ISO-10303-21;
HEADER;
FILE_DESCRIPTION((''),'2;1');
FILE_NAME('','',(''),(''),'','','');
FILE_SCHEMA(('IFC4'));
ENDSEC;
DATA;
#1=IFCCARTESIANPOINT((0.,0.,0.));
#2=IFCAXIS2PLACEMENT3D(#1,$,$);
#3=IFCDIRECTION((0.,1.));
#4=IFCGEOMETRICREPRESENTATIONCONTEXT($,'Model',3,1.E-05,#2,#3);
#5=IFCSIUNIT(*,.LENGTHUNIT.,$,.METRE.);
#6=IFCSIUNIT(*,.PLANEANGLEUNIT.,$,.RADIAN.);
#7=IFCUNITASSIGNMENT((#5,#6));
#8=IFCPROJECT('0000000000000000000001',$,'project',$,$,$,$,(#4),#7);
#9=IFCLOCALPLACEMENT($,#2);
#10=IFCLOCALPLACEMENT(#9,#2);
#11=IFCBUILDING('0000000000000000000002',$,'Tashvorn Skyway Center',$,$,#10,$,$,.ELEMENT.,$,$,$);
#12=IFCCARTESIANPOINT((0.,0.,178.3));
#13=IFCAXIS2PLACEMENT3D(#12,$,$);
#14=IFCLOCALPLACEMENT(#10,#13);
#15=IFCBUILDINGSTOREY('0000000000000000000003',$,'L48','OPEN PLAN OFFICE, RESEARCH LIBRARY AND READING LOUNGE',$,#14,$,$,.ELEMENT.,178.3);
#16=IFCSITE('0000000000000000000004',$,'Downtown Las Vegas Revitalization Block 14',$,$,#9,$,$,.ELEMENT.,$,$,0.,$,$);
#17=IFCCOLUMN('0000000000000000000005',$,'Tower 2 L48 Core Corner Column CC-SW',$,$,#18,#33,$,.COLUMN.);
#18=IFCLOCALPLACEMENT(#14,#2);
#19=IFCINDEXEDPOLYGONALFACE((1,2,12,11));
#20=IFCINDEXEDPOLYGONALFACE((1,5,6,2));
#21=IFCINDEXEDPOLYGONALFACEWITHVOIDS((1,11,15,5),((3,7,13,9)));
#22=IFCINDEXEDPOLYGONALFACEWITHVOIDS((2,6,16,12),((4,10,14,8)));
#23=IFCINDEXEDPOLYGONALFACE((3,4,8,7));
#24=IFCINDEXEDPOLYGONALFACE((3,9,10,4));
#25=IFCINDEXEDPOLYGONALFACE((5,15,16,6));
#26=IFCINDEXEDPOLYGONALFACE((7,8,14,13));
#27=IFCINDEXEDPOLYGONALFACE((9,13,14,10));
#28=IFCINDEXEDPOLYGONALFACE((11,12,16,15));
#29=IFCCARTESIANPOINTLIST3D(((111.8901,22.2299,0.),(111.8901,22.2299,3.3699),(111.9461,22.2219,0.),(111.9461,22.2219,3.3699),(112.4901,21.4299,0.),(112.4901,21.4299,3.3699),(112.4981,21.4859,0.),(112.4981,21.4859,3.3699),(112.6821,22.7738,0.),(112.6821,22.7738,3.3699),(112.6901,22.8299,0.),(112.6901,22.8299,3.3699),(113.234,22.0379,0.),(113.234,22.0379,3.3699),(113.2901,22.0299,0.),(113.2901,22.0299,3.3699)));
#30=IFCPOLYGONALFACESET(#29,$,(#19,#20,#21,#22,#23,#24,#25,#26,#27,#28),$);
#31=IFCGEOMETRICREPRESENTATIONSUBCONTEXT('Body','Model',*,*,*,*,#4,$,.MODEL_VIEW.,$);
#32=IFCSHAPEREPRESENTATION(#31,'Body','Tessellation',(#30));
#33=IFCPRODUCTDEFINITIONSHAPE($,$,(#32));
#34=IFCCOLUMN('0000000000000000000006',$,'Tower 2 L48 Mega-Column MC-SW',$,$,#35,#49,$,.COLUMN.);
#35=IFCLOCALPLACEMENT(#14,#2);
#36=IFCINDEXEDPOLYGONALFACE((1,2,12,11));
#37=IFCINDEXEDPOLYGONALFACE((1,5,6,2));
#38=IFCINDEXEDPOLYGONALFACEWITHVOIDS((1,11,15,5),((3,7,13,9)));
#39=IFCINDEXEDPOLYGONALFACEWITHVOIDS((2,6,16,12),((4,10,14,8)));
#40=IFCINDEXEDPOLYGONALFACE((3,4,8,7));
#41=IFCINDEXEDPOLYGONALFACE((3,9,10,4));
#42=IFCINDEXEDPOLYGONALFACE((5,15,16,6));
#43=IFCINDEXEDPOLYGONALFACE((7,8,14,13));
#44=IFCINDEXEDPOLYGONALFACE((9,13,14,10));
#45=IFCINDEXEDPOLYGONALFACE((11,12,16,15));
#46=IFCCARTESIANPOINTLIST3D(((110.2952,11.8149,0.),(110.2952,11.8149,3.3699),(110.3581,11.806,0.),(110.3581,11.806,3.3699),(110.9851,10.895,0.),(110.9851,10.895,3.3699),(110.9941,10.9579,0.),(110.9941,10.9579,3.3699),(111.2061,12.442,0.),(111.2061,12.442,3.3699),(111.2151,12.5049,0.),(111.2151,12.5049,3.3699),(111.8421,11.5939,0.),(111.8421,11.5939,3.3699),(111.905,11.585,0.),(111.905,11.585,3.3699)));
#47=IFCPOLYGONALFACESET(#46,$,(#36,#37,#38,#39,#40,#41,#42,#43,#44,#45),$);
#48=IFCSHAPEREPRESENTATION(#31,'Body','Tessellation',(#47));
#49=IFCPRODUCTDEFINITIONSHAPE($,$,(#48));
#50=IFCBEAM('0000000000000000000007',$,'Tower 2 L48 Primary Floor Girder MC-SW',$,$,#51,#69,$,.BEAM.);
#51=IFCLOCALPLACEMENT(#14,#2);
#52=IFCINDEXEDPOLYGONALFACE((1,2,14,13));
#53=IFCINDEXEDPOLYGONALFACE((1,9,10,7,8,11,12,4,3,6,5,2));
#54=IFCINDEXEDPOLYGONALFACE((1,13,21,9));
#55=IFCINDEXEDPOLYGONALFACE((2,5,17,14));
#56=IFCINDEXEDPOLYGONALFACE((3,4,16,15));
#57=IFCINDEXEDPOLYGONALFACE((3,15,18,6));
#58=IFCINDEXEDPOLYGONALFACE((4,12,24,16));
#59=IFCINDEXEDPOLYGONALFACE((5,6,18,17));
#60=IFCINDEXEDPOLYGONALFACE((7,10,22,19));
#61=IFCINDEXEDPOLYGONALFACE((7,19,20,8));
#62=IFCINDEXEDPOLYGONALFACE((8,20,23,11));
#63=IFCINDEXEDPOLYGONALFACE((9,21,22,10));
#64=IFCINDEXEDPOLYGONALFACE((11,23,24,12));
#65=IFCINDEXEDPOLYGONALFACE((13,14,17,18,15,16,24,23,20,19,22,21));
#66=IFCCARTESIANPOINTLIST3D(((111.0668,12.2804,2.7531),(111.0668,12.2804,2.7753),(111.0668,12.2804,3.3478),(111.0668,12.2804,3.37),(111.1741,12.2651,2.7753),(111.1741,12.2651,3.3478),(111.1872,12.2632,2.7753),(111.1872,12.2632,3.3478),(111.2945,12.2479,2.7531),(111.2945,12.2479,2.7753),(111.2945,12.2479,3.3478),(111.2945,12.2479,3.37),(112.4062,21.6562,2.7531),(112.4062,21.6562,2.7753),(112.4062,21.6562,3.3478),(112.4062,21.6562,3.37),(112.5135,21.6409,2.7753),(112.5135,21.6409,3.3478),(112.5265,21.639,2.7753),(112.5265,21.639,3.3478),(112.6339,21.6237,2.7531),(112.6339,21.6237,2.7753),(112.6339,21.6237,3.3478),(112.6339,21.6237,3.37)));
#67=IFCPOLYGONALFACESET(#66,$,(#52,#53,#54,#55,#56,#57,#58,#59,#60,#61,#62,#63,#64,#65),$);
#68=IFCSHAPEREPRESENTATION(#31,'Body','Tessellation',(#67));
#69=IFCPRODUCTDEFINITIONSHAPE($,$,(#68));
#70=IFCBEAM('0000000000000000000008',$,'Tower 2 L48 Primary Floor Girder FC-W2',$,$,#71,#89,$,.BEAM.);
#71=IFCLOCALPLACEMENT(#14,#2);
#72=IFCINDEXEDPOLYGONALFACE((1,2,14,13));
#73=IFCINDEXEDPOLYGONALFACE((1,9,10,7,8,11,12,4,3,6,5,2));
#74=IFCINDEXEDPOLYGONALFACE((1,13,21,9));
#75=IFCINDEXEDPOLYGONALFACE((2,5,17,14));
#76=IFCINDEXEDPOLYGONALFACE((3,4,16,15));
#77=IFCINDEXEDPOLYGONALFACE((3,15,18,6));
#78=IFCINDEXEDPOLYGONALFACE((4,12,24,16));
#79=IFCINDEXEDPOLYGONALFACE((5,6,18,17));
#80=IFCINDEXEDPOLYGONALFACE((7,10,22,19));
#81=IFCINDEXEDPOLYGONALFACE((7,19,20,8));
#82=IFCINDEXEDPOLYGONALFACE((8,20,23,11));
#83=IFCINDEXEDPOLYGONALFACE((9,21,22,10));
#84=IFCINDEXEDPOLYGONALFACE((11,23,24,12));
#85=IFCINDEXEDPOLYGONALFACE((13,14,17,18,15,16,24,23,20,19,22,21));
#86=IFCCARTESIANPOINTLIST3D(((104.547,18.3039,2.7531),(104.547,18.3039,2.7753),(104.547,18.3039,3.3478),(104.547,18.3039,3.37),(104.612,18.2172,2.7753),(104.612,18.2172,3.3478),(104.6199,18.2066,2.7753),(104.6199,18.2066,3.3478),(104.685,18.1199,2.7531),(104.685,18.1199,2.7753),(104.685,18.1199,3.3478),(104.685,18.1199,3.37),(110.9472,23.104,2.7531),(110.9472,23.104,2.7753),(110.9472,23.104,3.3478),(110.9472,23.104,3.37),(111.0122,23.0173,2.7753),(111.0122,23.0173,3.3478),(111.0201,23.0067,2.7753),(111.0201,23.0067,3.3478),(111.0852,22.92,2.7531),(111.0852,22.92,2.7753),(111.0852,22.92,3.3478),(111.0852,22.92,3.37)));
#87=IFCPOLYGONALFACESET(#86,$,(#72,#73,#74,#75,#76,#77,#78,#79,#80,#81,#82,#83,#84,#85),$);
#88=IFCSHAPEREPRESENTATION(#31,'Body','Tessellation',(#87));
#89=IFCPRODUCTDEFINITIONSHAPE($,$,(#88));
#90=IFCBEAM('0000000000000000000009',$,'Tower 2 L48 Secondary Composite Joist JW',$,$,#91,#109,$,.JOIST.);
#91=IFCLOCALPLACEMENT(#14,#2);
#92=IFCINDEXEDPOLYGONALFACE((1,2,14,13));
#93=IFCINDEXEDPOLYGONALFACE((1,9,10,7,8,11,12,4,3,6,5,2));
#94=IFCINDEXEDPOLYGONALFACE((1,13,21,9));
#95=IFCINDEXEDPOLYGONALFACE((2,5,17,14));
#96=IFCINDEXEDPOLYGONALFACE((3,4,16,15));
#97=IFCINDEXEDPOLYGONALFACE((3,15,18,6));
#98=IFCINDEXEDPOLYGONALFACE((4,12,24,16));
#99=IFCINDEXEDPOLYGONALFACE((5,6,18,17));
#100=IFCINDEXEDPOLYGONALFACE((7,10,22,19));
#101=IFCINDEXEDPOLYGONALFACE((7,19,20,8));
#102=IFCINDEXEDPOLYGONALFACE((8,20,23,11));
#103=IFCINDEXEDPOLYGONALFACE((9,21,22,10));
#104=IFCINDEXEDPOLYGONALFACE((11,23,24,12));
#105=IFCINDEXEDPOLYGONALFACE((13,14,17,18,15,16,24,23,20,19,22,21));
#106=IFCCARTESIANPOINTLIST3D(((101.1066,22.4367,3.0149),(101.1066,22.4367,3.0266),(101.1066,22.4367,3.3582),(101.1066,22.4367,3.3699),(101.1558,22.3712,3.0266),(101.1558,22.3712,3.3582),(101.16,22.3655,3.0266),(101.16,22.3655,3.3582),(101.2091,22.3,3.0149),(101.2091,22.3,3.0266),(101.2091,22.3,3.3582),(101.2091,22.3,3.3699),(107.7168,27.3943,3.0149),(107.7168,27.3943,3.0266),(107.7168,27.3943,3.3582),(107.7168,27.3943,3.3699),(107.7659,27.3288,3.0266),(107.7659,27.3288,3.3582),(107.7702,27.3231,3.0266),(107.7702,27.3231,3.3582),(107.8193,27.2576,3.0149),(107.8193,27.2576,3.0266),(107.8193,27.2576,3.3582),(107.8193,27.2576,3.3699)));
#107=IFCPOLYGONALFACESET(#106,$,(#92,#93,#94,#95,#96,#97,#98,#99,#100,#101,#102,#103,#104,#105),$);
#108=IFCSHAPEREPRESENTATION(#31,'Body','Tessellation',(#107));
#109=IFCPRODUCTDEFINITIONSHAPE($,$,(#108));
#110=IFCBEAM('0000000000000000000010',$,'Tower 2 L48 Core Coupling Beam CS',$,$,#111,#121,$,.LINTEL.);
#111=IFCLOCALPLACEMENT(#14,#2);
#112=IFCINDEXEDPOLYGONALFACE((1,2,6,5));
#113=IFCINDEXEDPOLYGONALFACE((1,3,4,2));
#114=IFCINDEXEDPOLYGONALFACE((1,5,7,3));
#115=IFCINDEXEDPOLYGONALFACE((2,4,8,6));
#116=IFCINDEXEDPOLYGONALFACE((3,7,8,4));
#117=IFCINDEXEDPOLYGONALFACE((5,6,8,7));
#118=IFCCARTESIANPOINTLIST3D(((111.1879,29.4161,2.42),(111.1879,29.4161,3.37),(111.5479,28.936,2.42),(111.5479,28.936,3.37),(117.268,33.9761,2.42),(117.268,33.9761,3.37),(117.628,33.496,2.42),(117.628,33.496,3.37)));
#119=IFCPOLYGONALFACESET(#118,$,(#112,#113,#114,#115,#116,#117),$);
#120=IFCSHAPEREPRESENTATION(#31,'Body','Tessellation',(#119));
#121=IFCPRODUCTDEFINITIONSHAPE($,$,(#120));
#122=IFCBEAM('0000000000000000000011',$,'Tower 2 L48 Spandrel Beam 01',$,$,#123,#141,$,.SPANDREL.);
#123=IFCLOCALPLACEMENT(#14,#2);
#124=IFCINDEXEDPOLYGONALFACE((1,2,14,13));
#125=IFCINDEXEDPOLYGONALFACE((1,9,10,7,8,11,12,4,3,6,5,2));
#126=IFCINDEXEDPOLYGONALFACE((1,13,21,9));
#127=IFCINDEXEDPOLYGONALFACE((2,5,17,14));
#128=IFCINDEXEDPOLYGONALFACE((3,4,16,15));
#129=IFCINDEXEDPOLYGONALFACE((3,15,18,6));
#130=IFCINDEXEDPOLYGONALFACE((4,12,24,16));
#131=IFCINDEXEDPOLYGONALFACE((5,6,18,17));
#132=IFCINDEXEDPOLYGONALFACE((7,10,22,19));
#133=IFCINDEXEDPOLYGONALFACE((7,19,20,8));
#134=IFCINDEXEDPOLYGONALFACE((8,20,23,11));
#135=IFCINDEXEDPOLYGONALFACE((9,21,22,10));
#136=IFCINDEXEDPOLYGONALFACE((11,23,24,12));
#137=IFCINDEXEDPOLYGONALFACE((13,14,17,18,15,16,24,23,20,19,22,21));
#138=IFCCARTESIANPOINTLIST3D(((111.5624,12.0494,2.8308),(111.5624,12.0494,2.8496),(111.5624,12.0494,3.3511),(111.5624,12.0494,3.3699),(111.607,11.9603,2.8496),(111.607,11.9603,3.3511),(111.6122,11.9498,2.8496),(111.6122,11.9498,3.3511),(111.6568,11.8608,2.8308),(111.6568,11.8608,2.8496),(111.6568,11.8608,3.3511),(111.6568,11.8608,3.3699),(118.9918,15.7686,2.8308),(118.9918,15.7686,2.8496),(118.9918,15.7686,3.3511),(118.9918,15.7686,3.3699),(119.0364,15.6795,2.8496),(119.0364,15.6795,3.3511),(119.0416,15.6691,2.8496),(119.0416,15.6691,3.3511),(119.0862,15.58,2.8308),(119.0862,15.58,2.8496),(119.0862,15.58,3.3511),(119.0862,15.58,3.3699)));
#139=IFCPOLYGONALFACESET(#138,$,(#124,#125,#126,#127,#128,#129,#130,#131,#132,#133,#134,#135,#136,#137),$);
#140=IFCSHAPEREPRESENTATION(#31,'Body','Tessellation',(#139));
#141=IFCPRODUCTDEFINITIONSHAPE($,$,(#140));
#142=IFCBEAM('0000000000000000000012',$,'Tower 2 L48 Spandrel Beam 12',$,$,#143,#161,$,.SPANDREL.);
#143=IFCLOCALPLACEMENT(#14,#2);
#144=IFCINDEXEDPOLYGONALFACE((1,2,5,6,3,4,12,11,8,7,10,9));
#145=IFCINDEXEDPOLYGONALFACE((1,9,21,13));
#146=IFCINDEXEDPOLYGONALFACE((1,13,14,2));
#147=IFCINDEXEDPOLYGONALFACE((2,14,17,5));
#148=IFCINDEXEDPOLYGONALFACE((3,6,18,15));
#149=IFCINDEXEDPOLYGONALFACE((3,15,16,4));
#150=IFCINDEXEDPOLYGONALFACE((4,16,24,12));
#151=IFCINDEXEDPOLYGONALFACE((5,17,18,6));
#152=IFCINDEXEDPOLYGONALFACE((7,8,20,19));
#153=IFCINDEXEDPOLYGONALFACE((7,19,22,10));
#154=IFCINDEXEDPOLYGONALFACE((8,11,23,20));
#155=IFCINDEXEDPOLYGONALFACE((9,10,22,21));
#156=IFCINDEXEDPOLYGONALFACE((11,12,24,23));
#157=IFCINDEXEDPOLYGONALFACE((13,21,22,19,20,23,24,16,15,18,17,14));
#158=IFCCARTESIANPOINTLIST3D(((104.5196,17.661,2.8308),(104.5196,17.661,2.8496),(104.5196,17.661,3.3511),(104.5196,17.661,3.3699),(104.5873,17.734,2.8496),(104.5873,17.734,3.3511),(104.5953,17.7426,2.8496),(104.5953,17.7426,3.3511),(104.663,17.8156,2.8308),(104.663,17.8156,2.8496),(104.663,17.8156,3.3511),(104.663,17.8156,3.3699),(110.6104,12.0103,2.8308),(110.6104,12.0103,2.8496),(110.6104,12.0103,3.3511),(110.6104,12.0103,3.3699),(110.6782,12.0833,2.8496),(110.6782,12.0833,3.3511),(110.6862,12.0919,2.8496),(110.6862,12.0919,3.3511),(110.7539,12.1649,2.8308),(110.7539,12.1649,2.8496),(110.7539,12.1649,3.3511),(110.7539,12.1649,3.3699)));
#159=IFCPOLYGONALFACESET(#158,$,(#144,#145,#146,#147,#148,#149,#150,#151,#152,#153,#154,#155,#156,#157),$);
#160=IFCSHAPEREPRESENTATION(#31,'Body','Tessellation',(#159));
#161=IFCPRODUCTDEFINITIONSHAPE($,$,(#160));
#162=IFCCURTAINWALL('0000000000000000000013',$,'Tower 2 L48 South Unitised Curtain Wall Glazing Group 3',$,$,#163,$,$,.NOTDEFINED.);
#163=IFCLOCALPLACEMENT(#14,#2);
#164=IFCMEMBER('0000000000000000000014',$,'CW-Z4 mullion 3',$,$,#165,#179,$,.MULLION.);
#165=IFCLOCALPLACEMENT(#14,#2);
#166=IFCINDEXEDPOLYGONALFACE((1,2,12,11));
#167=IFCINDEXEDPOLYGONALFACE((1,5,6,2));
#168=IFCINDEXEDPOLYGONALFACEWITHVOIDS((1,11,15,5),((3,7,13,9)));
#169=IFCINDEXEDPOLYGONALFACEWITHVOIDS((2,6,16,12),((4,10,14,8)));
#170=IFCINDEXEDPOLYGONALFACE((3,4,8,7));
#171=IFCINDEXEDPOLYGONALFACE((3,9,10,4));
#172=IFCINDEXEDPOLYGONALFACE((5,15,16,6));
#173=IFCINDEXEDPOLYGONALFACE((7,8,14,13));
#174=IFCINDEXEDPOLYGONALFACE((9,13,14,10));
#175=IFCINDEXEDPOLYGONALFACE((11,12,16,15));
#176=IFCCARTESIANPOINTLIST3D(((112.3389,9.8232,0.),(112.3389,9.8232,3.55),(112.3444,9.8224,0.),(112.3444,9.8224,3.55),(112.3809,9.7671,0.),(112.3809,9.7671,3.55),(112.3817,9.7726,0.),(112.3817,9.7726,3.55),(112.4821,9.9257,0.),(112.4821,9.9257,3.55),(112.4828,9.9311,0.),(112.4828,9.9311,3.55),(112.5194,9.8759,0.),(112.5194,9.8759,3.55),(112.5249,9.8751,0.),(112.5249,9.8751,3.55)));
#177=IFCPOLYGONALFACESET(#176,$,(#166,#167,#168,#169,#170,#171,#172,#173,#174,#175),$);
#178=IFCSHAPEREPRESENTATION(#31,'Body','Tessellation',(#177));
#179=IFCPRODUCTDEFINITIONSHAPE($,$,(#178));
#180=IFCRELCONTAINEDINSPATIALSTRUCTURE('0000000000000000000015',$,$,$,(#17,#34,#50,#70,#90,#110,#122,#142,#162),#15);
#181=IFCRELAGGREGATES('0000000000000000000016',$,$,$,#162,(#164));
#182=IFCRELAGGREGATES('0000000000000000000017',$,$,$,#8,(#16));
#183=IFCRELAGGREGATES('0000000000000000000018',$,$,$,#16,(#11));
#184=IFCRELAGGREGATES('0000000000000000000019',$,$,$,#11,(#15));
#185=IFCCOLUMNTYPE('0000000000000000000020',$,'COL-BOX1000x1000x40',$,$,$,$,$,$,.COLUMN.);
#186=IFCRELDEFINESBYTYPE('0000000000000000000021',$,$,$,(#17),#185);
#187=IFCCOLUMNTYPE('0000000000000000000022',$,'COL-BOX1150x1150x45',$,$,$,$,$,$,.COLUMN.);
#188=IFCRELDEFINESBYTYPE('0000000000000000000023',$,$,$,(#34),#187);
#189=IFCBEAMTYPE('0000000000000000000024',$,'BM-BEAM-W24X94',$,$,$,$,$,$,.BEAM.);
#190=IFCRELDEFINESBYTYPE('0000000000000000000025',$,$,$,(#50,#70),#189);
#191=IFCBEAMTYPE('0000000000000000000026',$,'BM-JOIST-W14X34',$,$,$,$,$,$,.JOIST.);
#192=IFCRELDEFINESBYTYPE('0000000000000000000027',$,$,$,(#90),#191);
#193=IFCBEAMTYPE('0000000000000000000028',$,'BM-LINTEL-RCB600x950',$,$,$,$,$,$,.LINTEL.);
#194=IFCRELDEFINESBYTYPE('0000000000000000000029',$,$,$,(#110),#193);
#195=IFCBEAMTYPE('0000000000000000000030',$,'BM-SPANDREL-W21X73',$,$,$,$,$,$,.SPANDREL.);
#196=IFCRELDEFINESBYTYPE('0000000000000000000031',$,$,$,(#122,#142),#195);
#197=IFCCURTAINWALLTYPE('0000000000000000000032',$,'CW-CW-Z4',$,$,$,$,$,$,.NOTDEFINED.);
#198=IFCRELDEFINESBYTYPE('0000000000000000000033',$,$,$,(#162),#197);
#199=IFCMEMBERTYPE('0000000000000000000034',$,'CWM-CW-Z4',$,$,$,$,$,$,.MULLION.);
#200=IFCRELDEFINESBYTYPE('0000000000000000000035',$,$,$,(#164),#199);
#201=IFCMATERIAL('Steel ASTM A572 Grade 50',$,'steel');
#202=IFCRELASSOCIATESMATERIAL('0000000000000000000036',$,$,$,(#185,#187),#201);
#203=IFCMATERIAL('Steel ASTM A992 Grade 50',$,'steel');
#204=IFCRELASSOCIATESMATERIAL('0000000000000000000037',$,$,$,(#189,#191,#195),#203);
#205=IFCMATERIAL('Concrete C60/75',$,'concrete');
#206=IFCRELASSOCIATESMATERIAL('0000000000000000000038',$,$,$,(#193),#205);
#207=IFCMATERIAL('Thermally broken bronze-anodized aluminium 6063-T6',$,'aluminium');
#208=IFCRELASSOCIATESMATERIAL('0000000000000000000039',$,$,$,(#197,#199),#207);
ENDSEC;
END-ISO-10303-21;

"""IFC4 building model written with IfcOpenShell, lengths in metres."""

from ifc_helpers import new_model, si_unit, direction, frame, origin, origin_2d, place, context, subcontext, project, spatial, rectangle, hollow_rectangle, i_section, extrude, material, material_profile, profile_set, type_object, element, aggregate, save


model = new_model("IFC4")

# Units and contexts
model_context = context("Model", 3, precision=1e-05, world=origin(), true_north=direction((0.0, 1.0)))
body_context = subcontext(model_context, "Body", "Model", "MODEL_VIEW")
ifc_project = project(units=[si_unit("LENGTHUNIT", "METRE"), si_unit("PLANEANGLEUNIT", "RADIAN")], contexts=[model_context])

# Site, building, storey
site_placement = place(None, origin())
site = spatial("IfcSite", under=ifc_project, at=site_placement, Name="Downtown Las Vegas Revitalization Block 14", CompositionType="ELEMENT", RefElevation=0.0)
building_placement = place(site_placement, origin())
building = spatial("IfcBuilding", under=site, at=building_placement, Name="Tashvorn Skyway Center", CompositionType="ELEMENT")
storey_placement = place(building_placement, frame((0.0, 0.0, 178.3)))
storey = spatial("IfcBuildingStorey", under=building, at=storey_placement, Name="L48", Description="OPEN PLAN OFFICE, RESEARCH LIBRARY AND READING LOUNGE", CompositionType="ELEMENT", Elevation=178.3)

# Columns
ifc_material_1 = material(Name="Steel ASTM A572 Grade 50", Category="steel")
ifc_material_profile_1 = material_profile(ifc_material_1, hollow_rectangle(XDim=1.0, YDim=1.0, WallThickness=0.04, at=origin_2d()), Name="BOX1000x1000x40")
ifc_profile_set_1 = profile_set([ifc_material_profile_1], Name="Steel ASTM A572 Grade 50")
column_type_1 = type_object("IfcColumnType", Name="COL-BOX1000x1000x40", PredefinedType="COLUMN", material=ifc_profile_set_1)
column_1_placement = place(storey_placement, frame((112.5901, 22.1299, 0.0), z_axis=(0.0, 0.0, 1.0), x_axis=(0.8, 0.6, 0.0)))
element("IfcColumn", 1, at=column_1_placement, inside=storey, type_object=column_type_1, Name="Tower 2 L48 Core Corner Column CC-SW", PredefinedType="COLUMN", context=body_context, shape_type="SweptSolid", body=[
    extrude(hollow_rectangle(XDim=1.0, YDim=1.0, WallThickness=0.04, at=origin_2d()), origin(), (0.0, 0.0, 1.0), 3.3699),
])
ifc_material_profile_2 = material_profile(ifc_material_1, hollow_rectangle(XDim=1.1499, YDim=1.1499, WallThickness=0.0449, at=origin_2d()), Name="BOX1150x1150x45")
ifc_profile_set_2 = profile_set([ifc_material_profile_2], Name="Steel ASTM A572 Grade 50")
column_type_2 = type_object("IfcColumnType", Name="COL-BOX1150x1150x45", PredefinedType="COLUMN", material=ifc_profile_set_2)
column_2_placement = place(storey_placement, frame((111.1001, 11.7, 0.0), z_axis=(0.0, 0.0, 1.0), x_axis=(0.8, 0.6, 0.0)))
element("IfcColumn", 2, at=column_2_placement, inside=storey, type_object=column_type_2, Name="Tower 2 L48 Mega-Column MC-SW", PredefinedType="COLUMN", context=body_context, shape_type="SweptSolid", body=[
    extrude(hollow_rectangle(XDim=1.1499, YDim=1.1499, WallThickness=0.0449, at=origin_2d()), origin(), (0.0, 0.0, 1.0), 3.3699),
])

# Beams
ifc_material_2 = material(Name="Steel ASTM A992 Grade 50", Category="steel")
ifc_material_profile_3 = material_profile(ifc_material_2, i_section(OverallWidth=0.23, OverallDepth=0.6169, WebThickness=0.0132, FlangeThickness=0.0222, at=origin_2d()), Name="W24X94")
ifc_profile_set_3 = profile_set([ifc_material_profile_3], Name="Steel ASTM A992 Grade 50")
beam_type_1 = type_object("IfcBeamType", Name="BM-BEAM-W24X94", PredefinedType="BEAM", material=ifc_profile_set_3)
beam_1_placement = place(storey_placement, frame((111.1807, 12.2642, 3.0615), z_axis=(0.141418, 0.98995, 0.0), x_axis=(-0.98995, 0.141418, 0.0)))
element("IfcBeam", 3, at=beam_1_placement, inside=storey, type_object=beam_type_1, Name="Tower 2 L48 Primary Floor Girder MC-SW", PredefinedType="BEAM", context=body_context, shape_type="SweptSolid", body=[
    extrude(i_section(OverallWidth=0.23, OverallDepth=0.6169, WebThickness=0.0132, FlangeThickness=0.0222, at=origin_2d()), origin(), (0.0, 0.0, 1.0), 9.4709),
])
beam_2_placement = place(storey_placement, frame((104.616, 18.2119, 3.0615), z_axis=(0.800004, 0.599995, 0.0), x_axis=(-0.599995, 0.800004, 0.0)))
element("IfcBeam", 4, at=beam_2_placement, inside=storey, type_object=beam_type_1, Name="Tower 2 L48 Primary Floor Girder FC-W2", PredefinedType="BEAM", context=body_context, shape_type="SweptSolid", body=[
    extrude(i_section(OverallWidth=0.23, OverallDepth=0.6169, WebThickness=0.0132, FlangeThickness=0.0222, at=origin_2d()), origin(), (0.0, 0.0, 1.0), 8.0002),
])
ifc_material_profile_4 = material_profile(ifc_material_2, i_section(OverallWidth=0.1709, OverallDepth=0.355, WebThickness=0.0071, FlangeThickness=0.0117, at=origin_2d()), Name="W14X34")
ifc_profile_set_4 = profile_set([ifc_material_profile_4], Name="Steel ASTM A992 Grade 50")
beam_type_2 = type_object("IfcBeamType", Name="BM-JOIST-W14X34", PredefinedType="JOIST", material=ifc_profile_set_4)
beam_3_placement = place(storey_placement, frame((107.7681, 27.3259, 3.1924), z_axis=(-0.800004, -0.599995, 0.0), x_axis=(0.599995, -0.800004, 0.0)))
element("IfcBeam", 5, at=beam_3_placement, inside=storey, type_object=beam_type_2, Name="Tower 2 L48 Secondary Composite Joist JW", PredefinedType="JOIST", context=body_context, shape_type="SweptSolid", body=[
    extrude(i_section(OverallWidth=0.1709, OverallDepth=0.355, WebThickness=0.0071, FlangeThickness=0.0117, at=origin_2d()), origin(), (0.0, 0.0, 1.0), 8.2627),
])
ifc_material_3 = material(Name="Concrete C60/75", Category="concrete")
ifc_material_profile_5 = material_profile(ifc_material_3, rectangle(XDim=0.6001, YDim=0.95, at=origin_2d()), Name="RCB600x950")
ifc_profile_set_5 = profile_set([ifc_material_profile_5], Name="Concrete C60/75")
beam_type_3 = type_object("IfcBeamType", Name="BM-LINTEL-RCB600x950", PredefinedType="LINTEL", material=ifc_profile_set_5)
beam_4_placement = place(storey_placement, frame((111.3679, 29.176, 2.895), z_axis=(0.8, 0.6, 0.0), x_axis=(-0.6, 0.8, 0.0)))
element("IfcBeam", 6, at=beam_4_placement, inside=storey, type_object=beam_type_3, Name="Tower 2 L48 Core Coupling Beam CS", PredefinedType="LINTEL", context=body_context, shape_type="SweptSolid", body=[
    extrude(rectangle(XDim=0.6001, YDim=0.95, at=origin_2d()), origin(), (0.0, 0.0, 1.0), 7.6001),
])
ifc_material_profile_6 = material_profile(ifc_material_2, i_section(OverallWidth=0.2109, OverallDepth=0.5391, WebThickness=0.0117, FlangeThickness=0.0188, at=origin_2d()), Name="W21X73")
ifc_profile_set_6 = profile_set([ifc_material_profile_6], Name="Steel ASTM A992 Grade 50")
beam_type_4 = type_object("IfcBeamType", Name="BM-SPANDREL-W21X73", PredefinedType="SPANDREL", material=ifc_profile_set_6)
for number, where, z_axis, x_axis, name in (
    (7, (111.6096, 11.9551, 3.1003), (0.89421, 0.447648, 0.0), (-0.447648, 0.89421, 0.0), "Tower 2 L48 Spandrel Beam 01"),
    (8, (104.5913, 17.7383, 3.1003), (0.733101, -0.68012, 0.0), (0.68012, 0.733101, 0.0), "Tower 2 L48 Spandrel Beam 12"),
):
    element("IfcBeam", number, at=place(storey_placement, frame(where, z_axis=z_axis, x_axis=x_axis)), inside=storey, type_object=beam_type_4, Name=name, PredefinedType="SPANDREL", context=body_context, shape_type="SweptSolid", body=[
        extrude(i_section(OverallWidth=0.2109, OverallDepth=0.5391, WebThickness=0.0117, FlangeThickness=0.0188, at=origin_2d()), origin(), (0.0, 0.0, 1.0), 8.3083),
    ])

# Curtain wall, member
ifc_material_4 = material(Name="Thermally broken bronze-anodized aluminium 6063-T6", Category="aluminium")
curtain_wall_type = type_object("IfcCurtainWallType", Name="CW-CW-Z4", PredefinedType="NOTDEFINED", material=ifc_material_4)
curtain_wall_1_placement = place(storey_placement, origin())
curtain_wall_1 = element("IfcCurtainWall", 9, at=curtain_wall_1_placement, inside=storey, type_object=curtain_wall_type, Name="Tower 2 L48 South Unitised Curtain Wall Glazing Group 3", PredefinedType="NOTDEFINED")
ifc_material_profile_7 = material_profile(ifc_material_4, hollow_rectangle(XDim=0.0701, YDim=0.1799, WallThickness=0.0039, at=origin_2d()), Name="ALU-MULL-70x180")
ifc_profile_set_7 = profile_set([ifc_material_profile_7], Name="Thermally broken bronze-anodized aluminium 6063-T6")
member_type_1 = type_object("IfcMemberType", Name="CWM-CW-Z4", PredefinedType="MULLION", material=ifc_profile_set_7)
member_1_placement = place(storey_placement, frame((112.4319, 9.8491, 0.0), z_axis=(0.0, 0.0, 1.0), x_axis=(0.6, -0.8, 0.0)))
member_1 = element("IfcMember", 10, at=member_1_placement, type_object=member_type_1, Name="CW-Z4 mullion 3", PredefinedType="MULLION", context=body_context, shape_type="SweptSolid", body=[
    extrude(hollow_rectangle(XDim=0.0701, YDim=0.1799, WallThickness=0.0039, at=origin_2d()), origin(), (0.0, 0.0, 1.0), 3.55),
])
aggregate(curtain_wall_1, [member_1])

save(model, "model.ifc")
